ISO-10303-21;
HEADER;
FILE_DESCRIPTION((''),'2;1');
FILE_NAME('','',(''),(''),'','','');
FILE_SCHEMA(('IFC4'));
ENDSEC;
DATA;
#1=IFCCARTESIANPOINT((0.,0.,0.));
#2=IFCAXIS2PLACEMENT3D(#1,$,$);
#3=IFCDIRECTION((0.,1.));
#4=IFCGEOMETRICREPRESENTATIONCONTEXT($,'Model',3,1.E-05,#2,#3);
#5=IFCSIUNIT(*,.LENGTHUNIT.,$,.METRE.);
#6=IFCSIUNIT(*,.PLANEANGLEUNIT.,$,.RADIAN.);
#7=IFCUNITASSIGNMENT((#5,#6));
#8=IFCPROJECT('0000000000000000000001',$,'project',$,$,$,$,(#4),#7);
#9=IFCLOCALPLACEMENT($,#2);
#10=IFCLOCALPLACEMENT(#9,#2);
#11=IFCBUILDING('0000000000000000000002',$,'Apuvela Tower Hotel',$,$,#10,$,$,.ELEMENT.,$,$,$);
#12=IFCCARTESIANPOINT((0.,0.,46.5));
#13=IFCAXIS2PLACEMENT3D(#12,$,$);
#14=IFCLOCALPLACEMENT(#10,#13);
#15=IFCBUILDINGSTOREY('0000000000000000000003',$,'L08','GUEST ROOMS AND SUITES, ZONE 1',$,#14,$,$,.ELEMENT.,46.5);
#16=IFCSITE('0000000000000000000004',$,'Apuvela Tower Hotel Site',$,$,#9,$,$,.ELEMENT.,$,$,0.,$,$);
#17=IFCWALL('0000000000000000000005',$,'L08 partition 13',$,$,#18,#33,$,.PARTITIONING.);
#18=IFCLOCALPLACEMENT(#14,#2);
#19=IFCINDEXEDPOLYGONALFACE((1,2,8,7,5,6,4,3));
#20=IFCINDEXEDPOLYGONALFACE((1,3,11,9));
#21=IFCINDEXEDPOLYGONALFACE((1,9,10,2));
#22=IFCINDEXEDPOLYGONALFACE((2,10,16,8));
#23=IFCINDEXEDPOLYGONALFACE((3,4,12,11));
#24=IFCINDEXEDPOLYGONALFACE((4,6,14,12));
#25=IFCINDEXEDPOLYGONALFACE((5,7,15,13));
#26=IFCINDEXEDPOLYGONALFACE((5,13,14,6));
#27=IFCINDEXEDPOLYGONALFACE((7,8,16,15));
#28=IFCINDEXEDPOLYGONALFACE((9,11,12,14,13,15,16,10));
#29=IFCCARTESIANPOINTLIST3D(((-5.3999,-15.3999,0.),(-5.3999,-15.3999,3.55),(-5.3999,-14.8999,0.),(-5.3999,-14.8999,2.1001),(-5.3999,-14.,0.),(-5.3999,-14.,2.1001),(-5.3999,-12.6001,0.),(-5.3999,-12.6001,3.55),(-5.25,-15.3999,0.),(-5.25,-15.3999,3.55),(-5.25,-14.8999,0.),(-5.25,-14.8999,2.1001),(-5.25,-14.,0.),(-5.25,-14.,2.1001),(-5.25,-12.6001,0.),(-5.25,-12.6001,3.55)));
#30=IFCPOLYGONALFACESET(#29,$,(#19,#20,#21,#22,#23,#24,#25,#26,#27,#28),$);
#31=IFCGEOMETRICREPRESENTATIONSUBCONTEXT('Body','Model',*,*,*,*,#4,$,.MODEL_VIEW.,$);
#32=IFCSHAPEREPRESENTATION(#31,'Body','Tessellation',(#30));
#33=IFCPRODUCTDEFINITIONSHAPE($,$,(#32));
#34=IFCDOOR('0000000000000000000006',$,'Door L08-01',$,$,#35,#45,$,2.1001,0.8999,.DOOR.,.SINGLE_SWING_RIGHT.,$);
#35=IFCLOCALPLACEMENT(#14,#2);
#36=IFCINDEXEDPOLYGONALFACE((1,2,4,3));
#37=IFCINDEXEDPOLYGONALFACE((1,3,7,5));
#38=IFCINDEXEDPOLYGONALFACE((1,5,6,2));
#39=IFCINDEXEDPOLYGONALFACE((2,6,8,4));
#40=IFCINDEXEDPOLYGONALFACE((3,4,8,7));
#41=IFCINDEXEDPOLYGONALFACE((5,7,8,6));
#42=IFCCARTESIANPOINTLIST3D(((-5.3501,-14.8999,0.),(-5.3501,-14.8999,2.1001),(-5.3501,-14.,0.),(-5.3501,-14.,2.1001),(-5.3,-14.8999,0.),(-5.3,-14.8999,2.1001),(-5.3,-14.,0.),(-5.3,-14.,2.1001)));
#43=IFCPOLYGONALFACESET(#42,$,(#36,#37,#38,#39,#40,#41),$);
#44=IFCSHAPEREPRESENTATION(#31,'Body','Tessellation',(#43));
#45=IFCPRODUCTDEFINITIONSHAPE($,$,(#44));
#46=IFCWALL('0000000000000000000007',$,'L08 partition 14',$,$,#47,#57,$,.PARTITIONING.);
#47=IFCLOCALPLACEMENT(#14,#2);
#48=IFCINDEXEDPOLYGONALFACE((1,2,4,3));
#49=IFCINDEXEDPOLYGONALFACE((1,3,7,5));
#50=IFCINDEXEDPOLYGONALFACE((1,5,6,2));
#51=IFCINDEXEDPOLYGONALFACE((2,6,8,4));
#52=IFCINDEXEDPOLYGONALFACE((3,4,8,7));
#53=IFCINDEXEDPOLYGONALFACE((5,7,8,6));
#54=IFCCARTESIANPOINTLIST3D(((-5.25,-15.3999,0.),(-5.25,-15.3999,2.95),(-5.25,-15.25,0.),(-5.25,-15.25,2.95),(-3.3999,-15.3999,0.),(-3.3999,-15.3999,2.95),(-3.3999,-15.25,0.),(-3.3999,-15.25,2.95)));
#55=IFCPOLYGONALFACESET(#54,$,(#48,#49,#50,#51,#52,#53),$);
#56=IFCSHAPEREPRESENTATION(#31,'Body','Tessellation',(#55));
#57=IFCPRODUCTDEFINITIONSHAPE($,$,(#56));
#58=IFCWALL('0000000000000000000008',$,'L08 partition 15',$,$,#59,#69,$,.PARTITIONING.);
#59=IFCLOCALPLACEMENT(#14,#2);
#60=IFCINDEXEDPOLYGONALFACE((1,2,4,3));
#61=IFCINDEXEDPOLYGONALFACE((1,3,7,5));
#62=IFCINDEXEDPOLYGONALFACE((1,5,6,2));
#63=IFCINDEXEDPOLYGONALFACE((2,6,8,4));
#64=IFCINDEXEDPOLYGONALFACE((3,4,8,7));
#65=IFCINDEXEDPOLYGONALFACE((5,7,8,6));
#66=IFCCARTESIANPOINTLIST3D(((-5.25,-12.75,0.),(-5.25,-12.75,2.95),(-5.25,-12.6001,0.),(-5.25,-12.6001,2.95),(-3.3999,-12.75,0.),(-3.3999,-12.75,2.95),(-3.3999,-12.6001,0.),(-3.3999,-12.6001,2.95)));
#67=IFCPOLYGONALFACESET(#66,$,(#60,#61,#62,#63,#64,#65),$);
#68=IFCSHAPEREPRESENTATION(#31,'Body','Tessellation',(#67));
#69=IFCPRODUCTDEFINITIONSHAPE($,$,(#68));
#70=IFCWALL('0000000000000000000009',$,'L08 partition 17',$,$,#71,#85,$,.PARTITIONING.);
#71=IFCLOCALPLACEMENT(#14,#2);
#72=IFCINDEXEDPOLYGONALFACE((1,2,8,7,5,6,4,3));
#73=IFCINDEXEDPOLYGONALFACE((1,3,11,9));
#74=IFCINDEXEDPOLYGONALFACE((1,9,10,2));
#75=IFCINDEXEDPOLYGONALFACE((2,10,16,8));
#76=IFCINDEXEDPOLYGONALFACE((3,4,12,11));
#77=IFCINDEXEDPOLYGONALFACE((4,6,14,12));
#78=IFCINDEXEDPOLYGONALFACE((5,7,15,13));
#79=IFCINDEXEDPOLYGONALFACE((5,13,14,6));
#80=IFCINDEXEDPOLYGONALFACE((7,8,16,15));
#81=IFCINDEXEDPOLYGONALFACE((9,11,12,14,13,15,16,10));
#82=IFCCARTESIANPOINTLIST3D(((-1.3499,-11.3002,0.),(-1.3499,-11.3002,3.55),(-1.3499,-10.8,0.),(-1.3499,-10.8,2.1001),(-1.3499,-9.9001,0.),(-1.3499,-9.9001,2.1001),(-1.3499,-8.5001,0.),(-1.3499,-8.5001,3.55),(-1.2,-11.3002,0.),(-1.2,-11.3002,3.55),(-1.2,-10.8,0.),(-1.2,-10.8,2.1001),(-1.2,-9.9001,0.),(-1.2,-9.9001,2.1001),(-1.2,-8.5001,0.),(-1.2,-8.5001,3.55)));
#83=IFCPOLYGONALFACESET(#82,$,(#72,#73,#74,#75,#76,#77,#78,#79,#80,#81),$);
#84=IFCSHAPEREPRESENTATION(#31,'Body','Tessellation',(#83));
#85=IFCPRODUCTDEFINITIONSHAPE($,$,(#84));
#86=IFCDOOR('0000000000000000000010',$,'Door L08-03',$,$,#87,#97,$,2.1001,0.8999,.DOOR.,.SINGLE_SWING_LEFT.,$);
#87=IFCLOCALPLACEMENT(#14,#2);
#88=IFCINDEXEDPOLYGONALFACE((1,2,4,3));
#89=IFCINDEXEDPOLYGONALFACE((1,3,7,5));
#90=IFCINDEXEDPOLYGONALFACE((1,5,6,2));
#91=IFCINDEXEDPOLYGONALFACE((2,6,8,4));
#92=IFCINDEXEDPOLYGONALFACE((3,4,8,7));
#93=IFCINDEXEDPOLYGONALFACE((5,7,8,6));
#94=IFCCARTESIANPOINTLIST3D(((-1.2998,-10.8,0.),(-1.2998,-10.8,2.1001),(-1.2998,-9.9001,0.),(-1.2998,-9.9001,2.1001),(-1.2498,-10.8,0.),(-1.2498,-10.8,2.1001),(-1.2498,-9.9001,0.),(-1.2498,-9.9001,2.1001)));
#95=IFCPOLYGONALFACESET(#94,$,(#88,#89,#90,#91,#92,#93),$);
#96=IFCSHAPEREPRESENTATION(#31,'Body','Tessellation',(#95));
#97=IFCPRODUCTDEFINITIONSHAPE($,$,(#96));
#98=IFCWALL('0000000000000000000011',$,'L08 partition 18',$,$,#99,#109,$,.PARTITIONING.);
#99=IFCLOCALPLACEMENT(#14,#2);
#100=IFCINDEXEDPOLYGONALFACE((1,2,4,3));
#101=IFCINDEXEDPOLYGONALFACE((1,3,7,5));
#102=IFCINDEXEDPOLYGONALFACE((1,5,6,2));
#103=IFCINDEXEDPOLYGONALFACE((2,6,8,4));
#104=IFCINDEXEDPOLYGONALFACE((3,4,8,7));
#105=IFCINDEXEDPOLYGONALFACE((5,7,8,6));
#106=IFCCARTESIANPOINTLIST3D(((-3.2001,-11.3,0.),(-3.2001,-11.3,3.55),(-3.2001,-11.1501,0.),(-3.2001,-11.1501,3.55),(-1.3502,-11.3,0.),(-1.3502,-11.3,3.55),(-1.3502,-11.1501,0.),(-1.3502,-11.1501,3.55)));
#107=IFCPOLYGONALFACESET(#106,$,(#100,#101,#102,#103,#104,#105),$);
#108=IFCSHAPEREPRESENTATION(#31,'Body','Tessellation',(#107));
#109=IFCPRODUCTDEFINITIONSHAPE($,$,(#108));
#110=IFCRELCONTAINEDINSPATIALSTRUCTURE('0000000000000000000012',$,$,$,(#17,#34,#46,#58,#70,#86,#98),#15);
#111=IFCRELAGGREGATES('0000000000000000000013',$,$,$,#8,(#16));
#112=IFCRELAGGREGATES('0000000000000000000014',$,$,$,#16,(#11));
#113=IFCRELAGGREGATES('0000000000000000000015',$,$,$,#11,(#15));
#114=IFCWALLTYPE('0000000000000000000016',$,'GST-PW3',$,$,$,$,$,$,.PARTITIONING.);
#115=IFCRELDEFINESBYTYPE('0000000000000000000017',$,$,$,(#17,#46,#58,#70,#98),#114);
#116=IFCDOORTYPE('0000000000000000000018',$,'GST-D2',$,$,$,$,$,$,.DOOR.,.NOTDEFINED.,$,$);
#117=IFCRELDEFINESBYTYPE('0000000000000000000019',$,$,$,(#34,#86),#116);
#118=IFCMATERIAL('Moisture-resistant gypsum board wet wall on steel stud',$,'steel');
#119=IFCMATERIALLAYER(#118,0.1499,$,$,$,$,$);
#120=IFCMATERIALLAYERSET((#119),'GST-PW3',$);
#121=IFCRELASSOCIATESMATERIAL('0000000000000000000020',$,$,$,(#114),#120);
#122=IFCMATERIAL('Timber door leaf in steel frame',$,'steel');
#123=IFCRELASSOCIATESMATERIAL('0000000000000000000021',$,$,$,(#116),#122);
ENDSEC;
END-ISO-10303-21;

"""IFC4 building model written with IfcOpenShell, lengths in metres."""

from ifc_helpers import new_model, si_unit, direction, frame, frame_2d, origin, place, context, subcontext, project, spatial, rectangle, extrude, material, layer, layer_set, type_object, element, fill, save


model = new_model("IFC4")

# Units and contexts
model_context = context("Model", 3, precision=1e-05, world=origin(), true_north=direction((0.0, 1.0)))
body_context = subcontext(model_context, "Body", "Model", "MODEL_VIEW")
ifc_project = project(units=[si_unit("LENGTHUNIT", "METRE"), si_unit("PLANEANGLEUNIT", "RADIAN")], contexts=[model_context])

# Site, building, storey
site_placement = place(None, origin())
site = spatial("IfcSite", under=ifc_project, at=site_placement, Name="Apuvela Tower Hotel Site", CompositionType="ELEMENT", RefElevation=0.0)
building_placement = place(site_placement, origin())
building = spatial("IfcBuilding", under=site, at=building_placement, Name="Apuvela Tower Hotel", CompositionType="ELEMENT")
storey_placement = place(building_placement, frame((0.0, 0.0, 46.5)))
storey = spatial("IfcBuildingStorey", under=building, at=storey_placement, Name="L08", Description="GUEST ROOMS AND SUITES, ZONE 1", CompositionType="ELEMENT", Elevation=46.5)

# Wall, opening, door
ifc_material_1 = material(Name="Timber door leaf in steel frame", Category="steel")
ifc_material_2 = material(Name="Moisture-resistant gypsum board wet wall on steel stud", Category="steel")
ifc_layer_1 = layer(ifc_material_2, 0.1499)
ifc_layer_set_1 = layer_set([ifc_layer_1], Name="GST-PW3")
wall_type_1 = type_object("IfcWallType", Name="GST-PW3", PredefinedType="PARTITIONING", material=ifc_layer_set_1)
wall_1_placement = place(storey_placement, frame((-5.325, -12.6001, 0.0), z_axis=(0.0, 0.0, 1.0), x_axis=(0.0, -1.0, 0.0)))
wall_1 = element("IfcWall", 1, at=wall_1_placement, inside=storey, type_object=wall_type_1, Name="L08 partition 13", PredefinedType="PARTITIONING", context=body_context, shape_type="SweptSolid", body=[
    extrude(rectangle(XDim=2.7998, YDim=0.1499, at=frame_2d((1.3999, 0.0))), origin(), (0.0, 0.0, 1.0), 3.55),
])
opening_1_placement = place(wall_1_placement, frame((1.3999, 0.0, 0.0)))
opening_1 = element("IfcOpeningElement", 2, at=opening_1_placement, cuts=wall_1, PredefinedType="OPENING", context=body_context, shape_type="SweptSolid", body=[
    extrude(rectangle(XDim=0.8999, YDim=2.1001, at=frame_2d((0.45, 1.05))), frame((0.0, 0.085, 0.0), z_axis=(0.0, -1.0, 0.0), x_axis=(1.0, 0.0, 0.0)), (0.0, 0.0, 1.0), 0.1699),
])
door_type_1 = type_object("IfcDoorType", Name="GST-D2", OperationType="NOTDEFINED", PredefinedType="DOOR", material=ifc_material_1)
door_1_placement = place(opening_1_placement, origin())
door_1 = element("IfcDoor", 3, at=door_1_placement, inside=storey, type_object=door_type_1, Name="Door L08-01", OperationType="SINGLE_SWING_RIGHT", OverallHeight=2.1001, OverallWidth=0.8999, PredefinedType="DOOR", context=body_context, shape_type="SweptSolid", body=[
    extrude(rectangle(XDim=0.8999, YDim=2.1001, at=frame_2d((0.45, 1.05))), frame((0.0, 0.0249, 0.0), z_axis=(0.0, -1.0, 0.0), x_axis=(1.0, 0.0, 0.0)), (0.0, 0.0, 1.0), 0.05),
])
fill(opening_1, door_1)

# Walls
for number, where, z_axis, x_axis, name in (
    (4, (-5.25, -15.325, 0.0), (0.0, 0.0, 1.0), (1.0, 0.0, 0.0), "L08 partition 14"),
    (5, (-5.25, -12.675, 0.0), (0.0, 0.0, 1.0), (1.0, 0.0, 0.0), "L08 partition 15"),
):
    element("IfcWall", number, at=place(storey_placement, frame(where, z_axis=z_axis, x_axis=x_axis)), inside=storey, type_object=wall_type_1, Name=name, PredefinedType="PARTITIONING", context=body_context, shape_type="SweptSolid", body=[
        extrude(rectangle(XDim=1.8501, YDim=0.1499, at=frame_2d((0.925, 0.0))), origin(), (0.0, 0.0, 1.0), 2.95),
    ])

# Wall, opening, door
wall_2_placement = place(storey_placement, frame((-1.2749, -11.3, 0.0), z_axis=(0.0, 0.0, 1.0), x_axis=(0.0, 1.0, 0.0)))
wall_2 = element("IfcWall", 6, at=wall_2_placement, inside=storey, type_object=wall_type_1, Name="L08 partition 17", PredefinedType="PARTITIONING", context=body_context, shape_type="SweptSolid", body=[
    extrude(rectangle(XDim=2.8, YDim=0.1499, at=frame_2d((1.3999, 0.0))), origin(), (0.0, 0.0, 1.0), 3.55),
])
opening_2_placement = place(wall_2_placement, frame((0.5, 0.0, 0.0)))
opening_2 = element("IfcOpeningElement", 7, at=opening_2_placement, cuts=wall_2, PredefinedType="OPENING", context=body_context, shape_type="SweptSolid", body=[
    extrude(rectangle(XDim=0.8999, YDim=2.1001, at=frame_2d((0.45, 1.05))), frame((0.0, 0.085, 0.0), z_axis=(0.0, -1.0, 0.0), x_axis=(1.0, 0.0, 0.0)), (0.0, 0.0, 1.0), 0.1699),
])
door_2_placement = place(opening_2_placement, origin())
door_2 = element("IfcDoor", 8, at=door_2_placement, inside=storey, type_object=door_type_1, Name="Door L08-03", OperationType="SINGLE_SWING_LEFT", OverallHeight=2.1001, OverallWidth=0.8999, PredefinedType="DOOR", context=body_context, shape_type="SweptSolid", body=[
    extrude(rectangle(XDim=0.8999, YDim=2.1001, at=frame_2d((0.45, 1.05))), frame((0.0, 0.0249, 0.0), z_axis=(0.0, -1.0, 0.0), x_axis=(1.0, 0.0, 0.0)), (0.0, 0.0, 1.0), 0.05),
])
fill(opening_2, door_2)

# Wall
wall_3_placement = place(storey_placement, frame((-3.2, -11.2251, 0.0), z_axis=(0.0, 0.0, 1.0), x_axis=(1.0, 0.0, 0.0)))
element("IfcWall", 9, at=wall_3_placement, inside=storey, type_object=wall_type_1, Name="L08 partition 18", PredefinedType="PARTITIONING", context=body_context, shape_type="SweptSolid", body=[
    extrude(rectangle(XDim=1.8499, YDim=0.1499, at=frame_2d((0.9248, 0.0))), origin(), (0.0, 0.0, 1.0), 3.55),
])

save(model, "model.ifc")
